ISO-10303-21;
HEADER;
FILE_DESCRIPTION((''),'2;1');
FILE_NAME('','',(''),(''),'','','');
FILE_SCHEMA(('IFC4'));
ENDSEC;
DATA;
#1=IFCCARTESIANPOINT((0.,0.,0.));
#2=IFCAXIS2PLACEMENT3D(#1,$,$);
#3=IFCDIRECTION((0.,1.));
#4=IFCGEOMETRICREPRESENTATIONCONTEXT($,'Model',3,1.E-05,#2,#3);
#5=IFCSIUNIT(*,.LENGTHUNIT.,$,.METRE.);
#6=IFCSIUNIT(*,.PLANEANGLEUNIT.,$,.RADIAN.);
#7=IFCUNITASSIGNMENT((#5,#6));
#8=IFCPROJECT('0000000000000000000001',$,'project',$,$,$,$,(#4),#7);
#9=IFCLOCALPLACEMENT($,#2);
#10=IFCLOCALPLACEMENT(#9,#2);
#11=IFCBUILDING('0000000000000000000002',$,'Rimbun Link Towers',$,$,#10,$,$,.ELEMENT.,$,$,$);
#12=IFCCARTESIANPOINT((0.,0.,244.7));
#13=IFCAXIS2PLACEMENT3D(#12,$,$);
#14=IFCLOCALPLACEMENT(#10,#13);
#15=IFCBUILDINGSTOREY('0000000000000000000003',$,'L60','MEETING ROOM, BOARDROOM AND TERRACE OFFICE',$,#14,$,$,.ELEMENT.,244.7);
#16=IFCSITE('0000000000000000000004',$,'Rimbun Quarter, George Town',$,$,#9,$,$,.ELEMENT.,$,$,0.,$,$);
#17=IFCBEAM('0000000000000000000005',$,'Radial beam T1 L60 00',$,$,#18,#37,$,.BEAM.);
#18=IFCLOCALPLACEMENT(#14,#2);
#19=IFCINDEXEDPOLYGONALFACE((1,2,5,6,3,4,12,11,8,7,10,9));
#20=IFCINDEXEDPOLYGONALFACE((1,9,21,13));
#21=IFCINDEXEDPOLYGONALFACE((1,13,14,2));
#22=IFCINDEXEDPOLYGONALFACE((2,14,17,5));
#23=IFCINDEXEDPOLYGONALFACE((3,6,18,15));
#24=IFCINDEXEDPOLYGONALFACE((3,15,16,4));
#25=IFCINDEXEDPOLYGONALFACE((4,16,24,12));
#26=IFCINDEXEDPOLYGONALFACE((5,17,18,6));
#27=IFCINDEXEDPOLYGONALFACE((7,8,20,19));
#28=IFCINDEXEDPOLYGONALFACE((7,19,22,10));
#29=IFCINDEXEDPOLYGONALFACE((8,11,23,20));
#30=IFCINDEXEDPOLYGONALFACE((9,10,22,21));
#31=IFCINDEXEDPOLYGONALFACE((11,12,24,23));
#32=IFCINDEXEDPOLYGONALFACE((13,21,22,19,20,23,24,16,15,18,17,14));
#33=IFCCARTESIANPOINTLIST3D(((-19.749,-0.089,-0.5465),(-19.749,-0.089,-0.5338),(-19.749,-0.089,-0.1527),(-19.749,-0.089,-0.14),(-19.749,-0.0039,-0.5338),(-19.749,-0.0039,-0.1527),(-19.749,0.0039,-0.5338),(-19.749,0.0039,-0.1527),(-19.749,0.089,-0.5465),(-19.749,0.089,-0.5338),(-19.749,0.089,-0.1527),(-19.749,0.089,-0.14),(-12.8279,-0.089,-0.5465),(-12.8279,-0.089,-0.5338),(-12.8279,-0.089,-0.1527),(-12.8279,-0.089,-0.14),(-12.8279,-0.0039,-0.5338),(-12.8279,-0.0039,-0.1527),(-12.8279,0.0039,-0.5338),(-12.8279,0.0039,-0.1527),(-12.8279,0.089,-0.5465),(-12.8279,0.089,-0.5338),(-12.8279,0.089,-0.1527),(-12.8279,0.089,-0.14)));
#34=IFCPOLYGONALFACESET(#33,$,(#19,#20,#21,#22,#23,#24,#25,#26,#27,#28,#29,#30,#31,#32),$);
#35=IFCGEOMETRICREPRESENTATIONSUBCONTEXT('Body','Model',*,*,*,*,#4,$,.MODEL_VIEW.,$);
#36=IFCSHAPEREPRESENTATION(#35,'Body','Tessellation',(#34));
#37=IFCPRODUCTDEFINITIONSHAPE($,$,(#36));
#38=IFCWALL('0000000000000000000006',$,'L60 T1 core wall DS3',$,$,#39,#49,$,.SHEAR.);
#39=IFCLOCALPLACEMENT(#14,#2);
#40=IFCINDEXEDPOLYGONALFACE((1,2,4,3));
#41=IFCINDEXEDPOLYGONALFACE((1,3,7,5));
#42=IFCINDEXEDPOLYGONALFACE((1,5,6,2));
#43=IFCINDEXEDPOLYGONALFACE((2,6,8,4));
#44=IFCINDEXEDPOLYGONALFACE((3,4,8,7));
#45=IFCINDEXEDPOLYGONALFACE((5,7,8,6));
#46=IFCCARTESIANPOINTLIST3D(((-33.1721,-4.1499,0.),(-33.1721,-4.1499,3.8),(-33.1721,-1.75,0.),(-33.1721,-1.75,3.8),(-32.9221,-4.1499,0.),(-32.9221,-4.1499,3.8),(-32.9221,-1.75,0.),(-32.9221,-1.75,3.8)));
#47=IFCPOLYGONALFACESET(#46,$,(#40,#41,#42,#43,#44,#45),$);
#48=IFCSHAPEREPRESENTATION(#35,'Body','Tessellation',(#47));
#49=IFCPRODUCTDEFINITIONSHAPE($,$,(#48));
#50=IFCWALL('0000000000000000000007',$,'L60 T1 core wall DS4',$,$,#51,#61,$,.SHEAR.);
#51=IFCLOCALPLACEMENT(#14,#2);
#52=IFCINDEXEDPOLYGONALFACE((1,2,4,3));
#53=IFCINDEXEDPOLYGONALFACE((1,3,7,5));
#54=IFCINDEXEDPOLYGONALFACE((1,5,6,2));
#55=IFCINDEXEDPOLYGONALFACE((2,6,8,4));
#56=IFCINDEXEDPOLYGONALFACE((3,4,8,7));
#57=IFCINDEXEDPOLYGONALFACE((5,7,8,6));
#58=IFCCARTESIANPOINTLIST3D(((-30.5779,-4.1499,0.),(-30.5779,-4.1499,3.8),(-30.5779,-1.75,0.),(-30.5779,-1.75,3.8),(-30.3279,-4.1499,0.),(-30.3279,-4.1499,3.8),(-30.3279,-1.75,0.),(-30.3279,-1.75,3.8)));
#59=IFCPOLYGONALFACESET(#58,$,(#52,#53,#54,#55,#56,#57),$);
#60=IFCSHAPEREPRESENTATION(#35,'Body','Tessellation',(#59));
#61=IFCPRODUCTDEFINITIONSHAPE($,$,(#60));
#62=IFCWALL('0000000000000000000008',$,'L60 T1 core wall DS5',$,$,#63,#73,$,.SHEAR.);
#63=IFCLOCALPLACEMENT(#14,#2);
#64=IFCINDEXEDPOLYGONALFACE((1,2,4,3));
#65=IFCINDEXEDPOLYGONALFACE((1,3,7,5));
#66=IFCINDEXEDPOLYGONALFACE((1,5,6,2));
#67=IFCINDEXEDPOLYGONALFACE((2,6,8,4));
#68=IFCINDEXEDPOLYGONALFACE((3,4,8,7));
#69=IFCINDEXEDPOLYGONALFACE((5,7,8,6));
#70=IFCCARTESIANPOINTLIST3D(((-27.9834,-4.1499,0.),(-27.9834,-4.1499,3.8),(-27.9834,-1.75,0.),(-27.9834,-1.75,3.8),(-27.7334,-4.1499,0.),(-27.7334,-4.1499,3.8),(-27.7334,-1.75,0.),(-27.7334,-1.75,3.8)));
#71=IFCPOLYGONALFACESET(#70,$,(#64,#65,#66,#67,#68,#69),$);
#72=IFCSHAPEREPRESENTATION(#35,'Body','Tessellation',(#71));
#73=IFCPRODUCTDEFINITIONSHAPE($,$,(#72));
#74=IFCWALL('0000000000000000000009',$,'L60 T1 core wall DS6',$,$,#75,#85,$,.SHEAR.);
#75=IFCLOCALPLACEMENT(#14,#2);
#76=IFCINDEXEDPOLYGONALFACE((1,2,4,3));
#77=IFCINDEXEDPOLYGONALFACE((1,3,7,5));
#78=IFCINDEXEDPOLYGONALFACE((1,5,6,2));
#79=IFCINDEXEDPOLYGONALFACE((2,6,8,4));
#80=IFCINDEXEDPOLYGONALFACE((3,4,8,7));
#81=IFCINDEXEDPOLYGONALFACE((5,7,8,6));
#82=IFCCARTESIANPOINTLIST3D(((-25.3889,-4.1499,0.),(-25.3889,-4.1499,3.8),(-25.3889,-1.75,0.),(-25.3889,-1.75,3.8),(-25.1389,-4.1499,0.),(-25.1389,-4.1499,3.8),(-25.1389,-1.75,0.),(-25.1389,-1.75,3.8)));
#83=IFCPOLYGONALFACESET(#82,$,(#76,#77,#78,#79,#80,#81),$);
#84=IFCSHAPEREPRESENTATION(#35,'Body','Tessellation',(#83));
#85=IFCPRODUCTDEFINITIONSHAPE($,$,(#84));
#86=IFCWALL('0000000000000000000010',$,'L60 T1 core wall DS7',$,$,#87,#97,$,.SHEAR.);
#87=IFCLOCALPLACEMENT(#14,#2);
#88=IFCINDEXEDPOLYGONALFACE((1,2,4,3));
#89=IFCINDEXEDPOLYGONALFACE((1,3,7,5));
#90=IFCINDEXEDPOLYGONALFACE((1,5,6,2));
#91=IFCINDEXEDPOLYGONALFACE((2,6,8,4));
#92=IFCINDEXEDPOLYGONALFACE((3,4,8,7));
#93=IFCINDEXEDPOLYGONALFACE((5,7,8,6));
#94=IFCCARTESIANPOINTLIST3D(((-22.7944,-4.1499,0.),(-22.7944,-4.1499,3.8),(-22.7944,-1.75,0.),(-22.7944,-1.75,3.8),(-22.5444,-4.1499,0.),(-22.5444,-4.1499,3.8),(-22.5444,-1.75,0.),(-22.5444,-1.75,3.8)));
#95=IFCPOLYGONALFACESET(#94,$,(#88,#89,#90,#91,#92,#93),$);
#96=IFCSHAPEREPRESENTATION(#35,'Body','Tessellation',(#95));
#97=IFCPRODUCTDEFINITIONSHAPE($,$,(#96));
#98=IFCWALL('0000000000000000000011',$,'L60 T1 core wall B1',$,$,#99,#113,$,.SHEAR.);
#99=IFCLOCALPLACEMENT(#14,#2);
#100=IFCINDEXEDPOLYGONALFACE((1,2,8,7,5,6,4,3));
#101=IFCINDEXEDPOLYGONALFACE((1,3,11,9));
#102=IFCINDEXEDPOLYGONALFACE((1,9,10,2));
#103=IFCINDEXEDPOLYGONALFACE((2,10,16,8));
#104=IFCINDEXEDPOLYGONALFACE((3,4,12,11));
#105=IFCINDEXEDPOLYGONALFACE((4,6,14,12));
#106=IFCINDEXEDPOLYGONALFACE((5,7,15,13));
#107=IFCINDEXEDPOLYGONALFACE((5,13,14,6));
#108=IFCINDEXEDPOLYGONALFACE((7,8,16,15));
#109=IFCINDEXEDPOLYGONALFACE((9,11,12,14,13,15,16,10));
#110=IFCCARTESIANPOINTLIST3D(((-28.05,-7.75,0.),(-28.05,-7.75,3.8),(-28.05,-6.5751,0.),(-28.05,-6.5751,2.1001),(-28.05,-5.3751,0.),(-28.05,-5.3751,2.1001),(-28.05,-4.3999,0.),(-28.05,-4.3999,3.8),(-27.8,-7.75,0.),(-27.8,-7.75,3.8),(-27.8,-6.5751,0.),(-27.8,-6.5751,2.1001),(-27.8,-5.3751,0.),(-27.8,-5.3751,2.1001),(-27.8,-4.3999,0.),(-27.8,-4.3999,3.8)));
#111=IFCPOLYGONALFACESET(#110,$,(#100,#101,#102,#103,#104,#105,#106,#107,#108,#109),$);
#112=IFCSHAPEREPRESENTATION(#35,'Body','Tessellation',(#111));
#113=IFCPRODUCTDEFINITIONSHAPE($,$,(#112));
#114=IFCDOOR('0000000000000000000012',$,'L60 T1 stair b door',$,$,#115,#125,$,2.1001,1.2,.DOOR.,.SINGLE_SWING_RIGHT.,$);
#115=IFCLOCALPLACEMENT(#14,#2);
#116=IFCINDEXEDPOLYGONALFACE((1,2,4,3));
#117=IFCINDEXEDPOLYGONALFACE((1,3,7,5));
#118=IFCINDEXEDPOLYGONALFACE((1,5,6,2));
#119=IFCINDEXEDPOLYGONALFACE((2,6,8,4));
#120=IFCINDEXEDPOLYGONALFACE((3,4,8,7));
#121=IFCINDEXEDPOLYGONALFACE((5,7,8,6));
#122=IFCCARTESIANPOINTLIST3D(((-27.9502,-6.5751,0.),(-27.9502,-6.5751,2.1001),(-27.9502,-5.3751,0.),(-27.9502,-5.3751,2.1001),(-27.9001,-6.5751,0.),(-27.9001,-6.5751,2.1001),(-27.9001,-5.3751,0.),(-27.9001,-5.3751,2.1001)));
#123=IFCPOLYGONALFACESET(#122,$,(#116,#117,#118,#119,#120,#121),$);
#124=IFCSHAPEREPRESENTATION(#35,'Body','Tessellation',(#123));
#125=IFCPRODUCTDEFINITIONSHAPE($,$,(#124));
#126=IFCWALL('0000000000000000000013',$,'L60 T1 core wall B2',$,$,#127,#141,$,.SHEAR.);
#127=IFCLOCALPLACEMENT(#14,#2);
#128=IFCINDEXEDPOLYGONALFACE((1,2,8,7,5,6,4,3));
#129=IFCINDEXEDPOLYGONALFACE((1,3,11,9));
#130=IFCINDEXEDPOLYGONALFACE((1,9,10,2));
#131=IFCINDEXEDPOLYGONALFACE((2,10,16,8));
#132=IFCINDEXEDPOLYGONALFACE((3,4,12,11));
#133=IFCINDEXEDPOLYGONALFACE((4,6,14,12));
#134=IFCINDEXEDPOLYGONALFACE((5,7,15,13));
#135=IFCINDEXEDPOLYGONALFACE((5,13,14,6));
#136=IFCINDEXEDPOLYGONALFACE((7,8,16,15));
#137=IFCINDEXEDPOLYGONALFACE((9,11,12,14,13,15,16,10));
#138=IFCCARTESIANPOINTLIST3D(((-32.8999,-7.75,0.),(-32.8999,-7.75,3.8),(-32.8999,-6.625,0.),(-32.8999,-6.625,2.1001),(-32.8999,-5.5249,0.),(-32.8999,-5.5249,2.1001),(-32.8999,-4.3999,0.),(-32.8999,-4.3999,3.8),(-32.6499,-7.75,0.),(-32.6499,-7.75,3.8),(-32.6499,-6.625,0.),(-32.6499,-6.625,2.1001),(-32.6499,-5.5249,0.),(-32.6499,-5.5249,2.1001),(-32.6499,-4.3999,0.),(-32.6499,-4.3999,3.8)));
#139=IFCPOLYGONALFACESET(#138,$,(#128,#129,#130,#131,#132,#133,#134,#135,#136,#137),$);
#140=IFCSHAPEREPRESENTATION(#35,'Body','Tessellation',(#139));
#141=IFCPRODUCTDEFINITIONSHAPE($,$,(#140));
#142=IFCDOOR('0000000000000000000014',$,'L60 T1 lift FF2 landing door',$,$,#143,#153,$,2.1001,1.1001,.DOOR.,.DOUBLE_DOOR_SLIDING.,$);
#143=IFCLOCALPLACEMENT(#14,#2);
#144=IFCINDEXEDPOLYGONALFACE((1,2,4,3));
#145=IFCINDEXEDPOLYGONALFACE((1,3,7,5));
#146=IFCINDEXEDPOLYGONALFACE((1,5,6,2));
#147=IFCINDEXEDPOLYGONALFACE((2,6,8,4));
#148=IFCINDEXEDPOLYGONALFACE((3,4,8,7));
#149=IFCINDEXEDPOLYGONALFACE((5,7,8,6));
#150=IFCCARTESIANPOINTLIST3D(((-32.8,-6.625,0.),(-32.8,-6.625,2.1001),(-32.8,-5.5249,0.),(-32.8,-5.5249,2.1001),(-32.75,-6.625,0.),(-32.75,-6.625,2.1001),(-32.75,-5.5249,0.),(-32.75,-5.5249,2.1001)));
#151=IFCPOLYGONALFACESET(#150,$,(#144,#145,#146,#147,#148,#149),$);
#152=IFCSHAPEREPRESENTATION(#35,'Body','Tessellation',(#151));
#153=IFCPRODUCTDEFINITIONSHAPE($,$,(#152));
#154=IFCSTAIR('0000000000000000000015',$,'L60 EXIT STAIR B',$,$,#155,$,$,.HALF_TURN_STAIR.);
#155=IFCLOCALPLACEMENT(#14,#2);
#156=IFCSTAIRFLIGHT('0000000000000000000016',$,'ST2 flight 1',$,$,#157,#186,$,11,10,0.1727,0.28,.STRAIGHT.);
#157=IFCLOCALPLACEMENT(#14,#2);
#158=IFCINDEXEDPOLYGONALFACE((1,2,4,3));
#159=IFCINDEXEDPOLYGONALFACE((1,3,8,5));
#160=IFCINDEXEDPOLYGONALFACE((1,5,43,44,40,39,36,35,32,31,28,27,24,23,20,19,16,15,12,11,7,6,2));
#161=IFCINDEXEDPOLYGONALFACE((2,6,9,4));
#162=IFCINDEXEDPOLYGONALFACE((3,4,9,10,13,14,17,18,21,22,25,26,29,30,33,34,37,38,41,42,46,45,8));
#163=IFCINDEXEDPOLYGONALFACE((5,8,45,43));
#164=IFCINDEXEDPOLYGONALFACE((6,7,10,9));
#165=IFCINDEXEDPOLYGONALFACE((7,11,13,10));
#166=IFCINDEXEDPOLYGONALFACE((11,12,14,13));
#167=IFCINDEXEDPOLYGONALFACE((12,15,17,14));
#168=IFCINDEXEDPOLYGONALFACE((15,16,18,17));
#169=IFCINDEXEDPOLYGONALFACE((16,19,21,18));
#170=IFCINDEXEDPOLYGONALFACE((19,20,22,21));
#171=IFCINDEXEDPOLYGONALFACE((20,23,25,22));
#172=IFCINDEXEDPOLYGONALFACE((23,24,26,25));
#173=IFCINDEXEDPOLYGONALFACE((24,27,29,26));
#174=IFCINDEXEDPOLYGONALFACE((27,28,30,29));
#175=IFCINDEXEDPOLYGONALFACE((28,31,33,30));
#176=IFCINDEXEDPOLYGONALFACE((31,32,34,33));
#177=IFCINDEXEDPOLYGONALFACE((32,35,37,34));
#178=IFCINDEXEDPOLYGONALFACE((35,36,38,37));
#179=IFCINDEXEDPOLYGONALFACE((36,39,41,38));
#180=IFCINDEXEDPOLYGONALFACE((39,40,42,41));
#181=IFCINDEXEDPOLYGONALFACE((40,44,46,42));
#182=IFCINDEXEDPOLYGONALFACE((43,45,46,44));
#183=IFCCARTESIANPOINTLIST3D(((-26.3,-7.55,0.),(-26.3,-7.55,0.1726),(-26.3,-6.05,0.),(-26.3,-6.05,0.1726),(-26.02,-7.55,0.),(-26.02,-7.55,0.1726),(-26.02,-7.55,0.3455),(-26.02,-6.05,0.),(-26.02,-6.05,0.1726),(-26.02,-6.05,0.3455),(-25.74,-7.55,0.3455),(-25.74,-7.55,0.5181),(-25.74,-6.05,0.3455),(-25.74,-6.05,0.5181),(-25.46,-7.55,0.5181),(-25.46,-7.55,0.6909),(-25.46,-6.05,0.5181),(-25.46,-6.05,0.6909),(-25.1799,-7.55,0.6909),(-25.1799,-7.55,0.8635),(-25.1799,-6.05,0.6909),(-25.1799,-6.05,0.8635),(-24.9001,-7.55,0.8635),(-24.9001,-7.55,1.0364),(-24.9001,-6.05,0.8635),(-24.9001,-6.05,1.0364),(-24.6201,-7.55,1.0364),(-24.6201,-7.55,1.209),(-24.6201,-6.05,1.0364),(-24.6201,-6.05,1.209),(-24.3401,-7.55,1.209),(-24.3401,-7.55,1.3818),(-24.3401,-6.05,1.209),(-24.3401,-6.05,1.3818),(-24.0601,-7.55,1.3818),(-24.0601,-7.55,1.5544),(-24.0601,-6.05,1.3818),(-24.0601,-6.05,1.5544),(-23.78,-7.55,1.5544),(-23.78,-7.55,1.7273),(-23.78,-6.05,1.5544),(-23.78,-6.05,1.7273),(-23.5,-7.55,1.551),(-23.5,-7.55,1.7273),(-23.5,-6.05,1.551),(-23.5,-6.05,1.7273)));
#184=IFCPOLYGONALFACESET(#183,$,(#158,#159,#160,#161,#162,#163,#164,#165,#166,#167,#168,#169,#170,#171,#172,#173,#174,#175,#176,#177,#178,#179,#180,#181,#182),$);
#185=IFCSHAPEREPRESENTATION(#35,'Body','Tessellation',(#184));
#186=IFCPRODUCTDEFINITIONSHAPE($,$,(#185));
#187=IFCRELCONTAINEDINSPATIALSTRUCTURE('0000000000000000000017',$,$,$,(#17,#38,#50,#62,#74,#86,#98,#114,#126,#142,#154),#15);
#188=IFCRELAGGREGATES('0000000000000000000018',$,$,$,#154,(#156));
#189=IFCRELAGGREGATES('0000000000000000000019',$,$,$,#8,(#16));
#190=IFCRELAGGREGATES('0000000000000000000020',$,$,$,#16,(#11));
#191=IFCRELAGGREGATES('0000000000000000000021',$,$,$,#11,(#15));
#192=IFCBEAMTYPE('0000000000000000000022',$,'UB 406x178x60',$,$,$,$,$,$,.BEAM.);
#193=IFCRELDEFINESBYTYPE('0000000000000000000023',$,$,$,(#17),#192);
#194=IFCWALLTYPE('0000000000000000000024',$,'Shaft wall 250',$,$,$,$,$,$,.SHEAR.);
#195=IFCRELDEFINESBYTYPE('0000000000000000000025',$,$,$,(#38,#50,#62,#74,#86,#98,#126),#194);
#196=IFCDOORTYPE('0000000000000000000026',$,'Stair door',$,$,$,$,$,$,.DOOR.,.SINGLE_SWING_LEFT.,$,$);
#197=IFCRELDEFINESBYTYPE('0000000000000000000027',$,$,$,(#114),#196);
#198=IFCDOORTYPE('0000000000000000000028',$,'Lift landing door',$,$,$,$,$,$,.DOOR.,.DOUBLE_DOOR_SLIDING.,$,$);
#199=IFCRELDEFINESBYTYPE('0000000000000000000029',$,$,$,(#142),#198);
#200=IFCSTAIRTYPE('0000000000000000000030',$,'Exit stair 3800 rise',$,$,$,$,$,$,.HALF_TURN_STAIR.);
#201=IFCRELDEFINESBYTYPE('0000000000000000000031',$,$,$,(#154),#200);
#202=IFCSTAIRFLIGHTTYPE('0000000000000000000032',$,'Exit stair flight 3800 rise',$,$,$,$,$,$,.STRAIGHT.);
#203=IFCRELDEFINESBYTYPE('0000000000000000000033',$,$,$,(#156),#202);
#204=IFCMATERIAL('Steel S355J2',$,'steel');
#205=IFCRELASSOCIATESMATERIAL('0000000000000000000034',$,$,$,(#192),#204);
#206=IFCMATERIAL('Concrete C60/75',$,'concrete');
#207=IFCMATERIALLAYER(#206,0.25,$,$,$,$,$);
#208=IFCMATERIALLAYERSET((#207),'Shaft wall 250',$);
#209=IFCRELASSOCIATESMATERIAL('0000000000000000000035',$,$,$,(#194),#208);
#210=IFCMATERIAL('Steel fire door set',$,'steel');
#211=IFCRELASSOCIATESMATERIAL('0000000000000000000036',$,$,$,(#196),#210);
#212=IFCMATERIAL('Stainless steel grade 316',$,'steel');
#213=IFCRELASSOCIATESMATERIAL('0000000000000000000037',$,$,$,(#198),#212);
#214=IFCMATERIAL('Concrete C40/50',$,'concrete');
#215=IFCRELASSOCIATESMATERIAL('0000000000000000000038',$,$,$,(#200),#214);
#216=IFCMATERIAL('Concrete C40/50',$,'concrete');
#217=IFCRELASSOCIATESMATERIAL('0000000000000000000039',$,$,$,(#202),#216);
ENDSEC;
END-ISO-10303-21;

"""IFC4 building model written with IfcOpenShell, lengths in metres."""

from ifc_helpers import new_model, si_unit, direction, frame, frame_2d, origin, origin_2d, place, context, subcontext, project, spatial, polyline, rectangle, i_section, outline, extrude, material, layer, layer_set, material_profile, profile_set, type_object, element, fill, aggregate, save


model = new_model("IFC4")

# Units and contexts
model_context = context("Model", 3, precision=1e-05, world=origin(), true_north=direction((0.0, 1.0)))
body_context = subcontext(model_context, "Body", "Model", "MODEL_VIEW")
ifc_project = project(units=[si_unit("LENGTHUNIT", "METRE"), si_unit("PLANEANGLEUNIT", "RADIAN")], contexts=[model_context])

# Site, building, storey
site_placement = place(None, origin())
site = spatial("IfcSite", under=ifc_project, at=site_placement, Name="Rimbun Quarter, George Town", CompositionType="ELEMENT", RefElevation=0.0)
building_placement = place(site_placement, origin())
building = spatial("IfcBuilding", under=site, at=building_placement, Name="Rimbun Link Towers", CompositionType="ELEMENT")
storey_placement = place(building_placement, frame((0.0, 0.0, 244.7)))
storey = spatial("IfcBuildingStorey", under=building, at=storey_placement, Name="L60", Description="MEETING ROOM, BOARDROOM AND TERRACE OFFICE", CompositionType="ELEMENT", Elevation=244.7)

# Beam
ifc_material_1 = material(Name="Steel S355J2", Category="steel")
ifc_material_profile = material_profile(ifc_material_1, i_section(OverallWidth=0.178, OverallDepth=0.4065, WebThickness=0.0078, FlangeThickness=0.0127, at=origin_2d()), Name="UB 406x178x60")
ifc_profile_set = profile_set([ifc_material_profile], Name="Steel S355J2")
beam_type = type_object("IfcBeamType", Name="UB 406x178x60", PredefinedType="BEAM", material=ifc_profile_set)
beam_placement = place(storey_placement, frame((-19.749, 0.0, -0.3433), z_axis=(1.0, 0.0, 0.0), x_axis=(0.0, 1.0, 0.0)))
element("IfcBeam", 1, at=beam_placement, inside=storey, type_object=beam_type, Name="Radial beam T1 L60 00", PredefinedType="BEAM", context=body_context, shape_type="SweptSolid", body=[
    extrude(i_section(OverallWidth=0.178, OverallDepth=0.4065, WebThickness=0.0078, FlangeThickness=0.0127, at=origin_2d()), origin(), (0.0, 0.0, 1.0), 6.9211),
])

# Walls
ifc_material_2 = material(Name="Concrete C60/75", Category="concrete")
ifc_layer = layer(ifc_material_2, 0.25)
ifc_layer_set = layer_set([ifc_layer], Name="Shaft wall 250")
wall_type = type_object("IfcWallType", Name="Shaft wall 250", PredefinedType="SHEAR", material=ifc_layer_set)
for number, where, z_axis, x_axis, name in (
    (2, (-33.0471, -4.1499, 0.0), (0.0, 0.0, 1.0), (0.0, 1.0, 0.0), "L60 T1 core wall DS3"),
    (3, (-30.4529, -4.1499, 0.0), (0.0, 0.0, 1.0), (0.0, 1.0, 0.0), "L60 T1 core wall DS4"),
    (4, (-27.8584, -4.1499, 0.0), (0.0, 0.0, 1.0), (0.0, 1.0, 0.0), "L60 T1 core wall DS5"),
    (5, (-25.2639, -4.1499, 0.0), (0.0, 0.0, 1.0), (0.0, 1.0, 0.0), "L60 T1 core wall DS6"),
    (6, (-22.6694, -4.1499, 0.0), (0.0, 0.0, 1.0), (0.0, 1.0, 0.0), "L60 T1 core wall DS7"),
):
    element("IfcWall", number, at=place(storey_placement, frame(where, z_axis=z_axis, x_axis=x_axis)), inside=storey, type_object=wall_type, Name=name, PredefinedType="SHEAR", context=body_context, shape_type="SweptSolid", body=[
        extrude(rectangle(XDim=2.3999, YDim=0.25, at=frame_2d((1.2, 0.0))), origin(), (0.0, 0.0, 1.0), 3.8),
    ])

# Walls, openings, doors
wall_1_placement = place(storey_placement, frame((-27.925, -4.3999, 0.0), z_axis=(0.0, 0.0, 1.0), x_axis=(0.0, -1.0, 0.0)))
wall_1 = element("IfcWall", 7, at=wall_1_placement, inside=storey, type_object=wall_type, Name="L60 T1 core wall B1", PredefinedType="SHEAR", context=body_context, shape_type="SweptSolid", body=[
    extrude(rectangle(XDim=3.3501, YDim=0.25, at=frame_2d((1.675, 0.0))), origin(), (0.0, 0.0, 1.0), 3.8),
])
opening_1_placement = place(wall_1_placement, frame((0.9751, 0.0, 0.0)))
opening_1 = element("IfcOpeningElement", 8, at=opening_1_placement, cuts=wall_1, PredefinedType="OPENING", context=body_context, shape_type="SweptSolid", body=[
    extrude(rectangle(XDim=1.2, YDim=2.1001, at=frame_2d((0.6001, 1.05))), frame((0.0, 0.135, 0.0), z_axis=(0.0, -1.0, 0.0), x_axis=(1.0, 0.0, 0.0)), (0.0, 0.0, 1.0), 0.27),
])
ifc_material_3 = material(Name="Steel fire door set", Category="steel")
door_type_1 = type_object("IfcDoorType", Name="Stair door", OperationType="SINGLE_SWING_LEFT", PredefinedType="DOOR", material=ifc_material_3)
door_1_placement = place(opening_1_placement, origin())
door_1 = element("IfcDoor", 9, at=door_1_placement, inside=storey, type_object=door_type_1, Name="L60 T1 stair b door", OperationType="SINGLE_SWING_RIGHT", OverallHeight=2.1001, OverallWidth=1.2, PredefinedType="DOOR", context=body_context, shape_type="SweptSolid", body=[
    extrude(rectangle(XDim=1.2, YDim=2.1001, at=frame_2d((0.6001, 1.05))), frame((0.0, 0.0249, 0.0), z_axis=(0.0, -1.0, 0.0), x_axis=(1.0, 0.0, 0.0)), (0.0, 0.0, 1.0), 0.05),
])
fill(opening_1, door_1)
wall_2_placement = place(storey_placement, frame((-32.7749, -4.3999, 0.0), z_axis=(0.0, 0.0, 1.0), x_axis=(0.0, -1.0, 0.0)))
wall_2 = element("IfcWall", 10, at=wall_2_placement, inside=storey, type_object=wall_type, Name="L60 T1 core wall B2", PredefinedType="SHEAR", context=body_context, shape_type="SweptSolid", body=[
    extrude(rectangle(XDim=3.3501, YDim=0.25, at=frame_2d((1.675, 0.0))), origin(), (0.0, 0.0, 1.0), 3.8),
])
opening_2_placement = place(wall_2_placement, frame((1.125, 0.0, 0.0)))
opening_2 = element("IfcOpeningElement", 11, at=opening_2_placement, cuts=wall_2, PredefinedType="OPENING", context=body_context, shape_type="SweptSolid", body=[
    extrude(rectangle(XDim=1.1001, YDim=2.1001, at=frame_2d((0.55, 1.05))), frame((0.0, 0.135, 0.0), z_axis=(0.0, -1.0, 0.0), x_axis=(1.0, 0.0, 0.0)), (0.0, 0.0, 1.0), 0.27),
])
ifc_material_4 = material(Name="Stainless steel grade 316", Category="steel")
door_type_2 = type_object("IfcDoorType", Name="Lift landing door", OperationType="DOUBLE_DOOR_SLIDING", PredefinedType="DOOR", material=ifc_material_4)
door_2_placement = place(opening_2_placement, origin())
door_2 = element("IfcDoor", 12, at=door_2_placement, inside=storey, type_object=door_type_2, Name="L60 T1 lift FF2 landing door", OperationType="DOUBLE_DOOR_SLIDING", OverallHeight=2.1001, OverallWidth=1.1001, PredefinedType="DOOR", context=body_context, shape_type="SweptSolid", body=[
    extrude(rectangle(XDim=1.1001, YDim=2.1001, at=frame_2d((0.55, 1.05))), frame((0.0, 0.0249, 0.0), z_axis=(0.0, -1.0, 0.0), x_axis=(1.0, 0.0, 0.0)), (0.0, 0.0, 1.0), 0.05),
])
fill(opening_2, door_2)

# Stair, stair flight
ifc_material_5 = material(Name="Concrete C40/50", Category="concrete")
stair_type = type_object("IfcStairType", Name="Exit stair 3800 rise", PredefinedType="HALF_TURN_STAIR", material=ifc_material_5)
stair_placement = place(storey_placement, origin())
stair = element("IfcStair", 13, at=stair_placement, inside=storey, type_object=stair_type, Name="L60 EXIT STAIR B", PredefinedType="HALF_TURN_STAIR")
ifc_material_6 = material(Name="Concrete C40/50", Category="concrete")
stair_flight_type = type_object("IfcStairFlightType", Name="Exit stair flight 3800 rise", PredefinedType="STRAIGHT", material=ifc_material_6)
stair_flight_1_placement = place(storey_placement, frame((-26.3, -6.8, 0.0), z_axis=(0.0, 0.0, 1.0), x_axis=(1.0, 0.0, 0.0)))
stair_flight_1 = element("IfcStairFlight", 14, at=stair_flight_1_placement, type_object=stair_flight_type, Name="ST2 flight 1", NumberOfRisers=11, NumberOfTreads=10, PredefinedType="STRAIGHT", RiserHeight=0.1727, TreadLength=0.28, context=body_context, shape_type="SweptSolid", body=[
    extrude(outline(polyline([(0.0, 0.0), (0.0, 0.1726), (0.28, 0.1726), (0.28, 0.3455), (0.5601, 0.3455), (0.5601, 0.5181), (0.8401, 0.5181), (0.8401, 0.6909), (1.1201, 0.6909), (1.1201, 0.8635), (1.3999, 0.8635), (1.3999, 1.0364), (1.6799, 1.0364), (1.6799, 1.209), (1.96, 1.209), (1.96, 1.3818), (2.24, 1.3818), (2.24, 1.5544), (2.52, 1.5544), (2.52, 1.7273), (2.8, 1.7273), (2.8, 1.8999), (2.8, 1.551), (0.28, 0.0), (0.0, 0.0)])), frame((0.0, 0.75, 0.0), z_axis=(0.0, -1.0, 0.0), x_axis=(1.0, 0.0, 0.0)), (0.0, 0.0, 1.0), 1.5),
])
aggregate(stair, [stair_flight_1])

save(model, "model.ifc")
